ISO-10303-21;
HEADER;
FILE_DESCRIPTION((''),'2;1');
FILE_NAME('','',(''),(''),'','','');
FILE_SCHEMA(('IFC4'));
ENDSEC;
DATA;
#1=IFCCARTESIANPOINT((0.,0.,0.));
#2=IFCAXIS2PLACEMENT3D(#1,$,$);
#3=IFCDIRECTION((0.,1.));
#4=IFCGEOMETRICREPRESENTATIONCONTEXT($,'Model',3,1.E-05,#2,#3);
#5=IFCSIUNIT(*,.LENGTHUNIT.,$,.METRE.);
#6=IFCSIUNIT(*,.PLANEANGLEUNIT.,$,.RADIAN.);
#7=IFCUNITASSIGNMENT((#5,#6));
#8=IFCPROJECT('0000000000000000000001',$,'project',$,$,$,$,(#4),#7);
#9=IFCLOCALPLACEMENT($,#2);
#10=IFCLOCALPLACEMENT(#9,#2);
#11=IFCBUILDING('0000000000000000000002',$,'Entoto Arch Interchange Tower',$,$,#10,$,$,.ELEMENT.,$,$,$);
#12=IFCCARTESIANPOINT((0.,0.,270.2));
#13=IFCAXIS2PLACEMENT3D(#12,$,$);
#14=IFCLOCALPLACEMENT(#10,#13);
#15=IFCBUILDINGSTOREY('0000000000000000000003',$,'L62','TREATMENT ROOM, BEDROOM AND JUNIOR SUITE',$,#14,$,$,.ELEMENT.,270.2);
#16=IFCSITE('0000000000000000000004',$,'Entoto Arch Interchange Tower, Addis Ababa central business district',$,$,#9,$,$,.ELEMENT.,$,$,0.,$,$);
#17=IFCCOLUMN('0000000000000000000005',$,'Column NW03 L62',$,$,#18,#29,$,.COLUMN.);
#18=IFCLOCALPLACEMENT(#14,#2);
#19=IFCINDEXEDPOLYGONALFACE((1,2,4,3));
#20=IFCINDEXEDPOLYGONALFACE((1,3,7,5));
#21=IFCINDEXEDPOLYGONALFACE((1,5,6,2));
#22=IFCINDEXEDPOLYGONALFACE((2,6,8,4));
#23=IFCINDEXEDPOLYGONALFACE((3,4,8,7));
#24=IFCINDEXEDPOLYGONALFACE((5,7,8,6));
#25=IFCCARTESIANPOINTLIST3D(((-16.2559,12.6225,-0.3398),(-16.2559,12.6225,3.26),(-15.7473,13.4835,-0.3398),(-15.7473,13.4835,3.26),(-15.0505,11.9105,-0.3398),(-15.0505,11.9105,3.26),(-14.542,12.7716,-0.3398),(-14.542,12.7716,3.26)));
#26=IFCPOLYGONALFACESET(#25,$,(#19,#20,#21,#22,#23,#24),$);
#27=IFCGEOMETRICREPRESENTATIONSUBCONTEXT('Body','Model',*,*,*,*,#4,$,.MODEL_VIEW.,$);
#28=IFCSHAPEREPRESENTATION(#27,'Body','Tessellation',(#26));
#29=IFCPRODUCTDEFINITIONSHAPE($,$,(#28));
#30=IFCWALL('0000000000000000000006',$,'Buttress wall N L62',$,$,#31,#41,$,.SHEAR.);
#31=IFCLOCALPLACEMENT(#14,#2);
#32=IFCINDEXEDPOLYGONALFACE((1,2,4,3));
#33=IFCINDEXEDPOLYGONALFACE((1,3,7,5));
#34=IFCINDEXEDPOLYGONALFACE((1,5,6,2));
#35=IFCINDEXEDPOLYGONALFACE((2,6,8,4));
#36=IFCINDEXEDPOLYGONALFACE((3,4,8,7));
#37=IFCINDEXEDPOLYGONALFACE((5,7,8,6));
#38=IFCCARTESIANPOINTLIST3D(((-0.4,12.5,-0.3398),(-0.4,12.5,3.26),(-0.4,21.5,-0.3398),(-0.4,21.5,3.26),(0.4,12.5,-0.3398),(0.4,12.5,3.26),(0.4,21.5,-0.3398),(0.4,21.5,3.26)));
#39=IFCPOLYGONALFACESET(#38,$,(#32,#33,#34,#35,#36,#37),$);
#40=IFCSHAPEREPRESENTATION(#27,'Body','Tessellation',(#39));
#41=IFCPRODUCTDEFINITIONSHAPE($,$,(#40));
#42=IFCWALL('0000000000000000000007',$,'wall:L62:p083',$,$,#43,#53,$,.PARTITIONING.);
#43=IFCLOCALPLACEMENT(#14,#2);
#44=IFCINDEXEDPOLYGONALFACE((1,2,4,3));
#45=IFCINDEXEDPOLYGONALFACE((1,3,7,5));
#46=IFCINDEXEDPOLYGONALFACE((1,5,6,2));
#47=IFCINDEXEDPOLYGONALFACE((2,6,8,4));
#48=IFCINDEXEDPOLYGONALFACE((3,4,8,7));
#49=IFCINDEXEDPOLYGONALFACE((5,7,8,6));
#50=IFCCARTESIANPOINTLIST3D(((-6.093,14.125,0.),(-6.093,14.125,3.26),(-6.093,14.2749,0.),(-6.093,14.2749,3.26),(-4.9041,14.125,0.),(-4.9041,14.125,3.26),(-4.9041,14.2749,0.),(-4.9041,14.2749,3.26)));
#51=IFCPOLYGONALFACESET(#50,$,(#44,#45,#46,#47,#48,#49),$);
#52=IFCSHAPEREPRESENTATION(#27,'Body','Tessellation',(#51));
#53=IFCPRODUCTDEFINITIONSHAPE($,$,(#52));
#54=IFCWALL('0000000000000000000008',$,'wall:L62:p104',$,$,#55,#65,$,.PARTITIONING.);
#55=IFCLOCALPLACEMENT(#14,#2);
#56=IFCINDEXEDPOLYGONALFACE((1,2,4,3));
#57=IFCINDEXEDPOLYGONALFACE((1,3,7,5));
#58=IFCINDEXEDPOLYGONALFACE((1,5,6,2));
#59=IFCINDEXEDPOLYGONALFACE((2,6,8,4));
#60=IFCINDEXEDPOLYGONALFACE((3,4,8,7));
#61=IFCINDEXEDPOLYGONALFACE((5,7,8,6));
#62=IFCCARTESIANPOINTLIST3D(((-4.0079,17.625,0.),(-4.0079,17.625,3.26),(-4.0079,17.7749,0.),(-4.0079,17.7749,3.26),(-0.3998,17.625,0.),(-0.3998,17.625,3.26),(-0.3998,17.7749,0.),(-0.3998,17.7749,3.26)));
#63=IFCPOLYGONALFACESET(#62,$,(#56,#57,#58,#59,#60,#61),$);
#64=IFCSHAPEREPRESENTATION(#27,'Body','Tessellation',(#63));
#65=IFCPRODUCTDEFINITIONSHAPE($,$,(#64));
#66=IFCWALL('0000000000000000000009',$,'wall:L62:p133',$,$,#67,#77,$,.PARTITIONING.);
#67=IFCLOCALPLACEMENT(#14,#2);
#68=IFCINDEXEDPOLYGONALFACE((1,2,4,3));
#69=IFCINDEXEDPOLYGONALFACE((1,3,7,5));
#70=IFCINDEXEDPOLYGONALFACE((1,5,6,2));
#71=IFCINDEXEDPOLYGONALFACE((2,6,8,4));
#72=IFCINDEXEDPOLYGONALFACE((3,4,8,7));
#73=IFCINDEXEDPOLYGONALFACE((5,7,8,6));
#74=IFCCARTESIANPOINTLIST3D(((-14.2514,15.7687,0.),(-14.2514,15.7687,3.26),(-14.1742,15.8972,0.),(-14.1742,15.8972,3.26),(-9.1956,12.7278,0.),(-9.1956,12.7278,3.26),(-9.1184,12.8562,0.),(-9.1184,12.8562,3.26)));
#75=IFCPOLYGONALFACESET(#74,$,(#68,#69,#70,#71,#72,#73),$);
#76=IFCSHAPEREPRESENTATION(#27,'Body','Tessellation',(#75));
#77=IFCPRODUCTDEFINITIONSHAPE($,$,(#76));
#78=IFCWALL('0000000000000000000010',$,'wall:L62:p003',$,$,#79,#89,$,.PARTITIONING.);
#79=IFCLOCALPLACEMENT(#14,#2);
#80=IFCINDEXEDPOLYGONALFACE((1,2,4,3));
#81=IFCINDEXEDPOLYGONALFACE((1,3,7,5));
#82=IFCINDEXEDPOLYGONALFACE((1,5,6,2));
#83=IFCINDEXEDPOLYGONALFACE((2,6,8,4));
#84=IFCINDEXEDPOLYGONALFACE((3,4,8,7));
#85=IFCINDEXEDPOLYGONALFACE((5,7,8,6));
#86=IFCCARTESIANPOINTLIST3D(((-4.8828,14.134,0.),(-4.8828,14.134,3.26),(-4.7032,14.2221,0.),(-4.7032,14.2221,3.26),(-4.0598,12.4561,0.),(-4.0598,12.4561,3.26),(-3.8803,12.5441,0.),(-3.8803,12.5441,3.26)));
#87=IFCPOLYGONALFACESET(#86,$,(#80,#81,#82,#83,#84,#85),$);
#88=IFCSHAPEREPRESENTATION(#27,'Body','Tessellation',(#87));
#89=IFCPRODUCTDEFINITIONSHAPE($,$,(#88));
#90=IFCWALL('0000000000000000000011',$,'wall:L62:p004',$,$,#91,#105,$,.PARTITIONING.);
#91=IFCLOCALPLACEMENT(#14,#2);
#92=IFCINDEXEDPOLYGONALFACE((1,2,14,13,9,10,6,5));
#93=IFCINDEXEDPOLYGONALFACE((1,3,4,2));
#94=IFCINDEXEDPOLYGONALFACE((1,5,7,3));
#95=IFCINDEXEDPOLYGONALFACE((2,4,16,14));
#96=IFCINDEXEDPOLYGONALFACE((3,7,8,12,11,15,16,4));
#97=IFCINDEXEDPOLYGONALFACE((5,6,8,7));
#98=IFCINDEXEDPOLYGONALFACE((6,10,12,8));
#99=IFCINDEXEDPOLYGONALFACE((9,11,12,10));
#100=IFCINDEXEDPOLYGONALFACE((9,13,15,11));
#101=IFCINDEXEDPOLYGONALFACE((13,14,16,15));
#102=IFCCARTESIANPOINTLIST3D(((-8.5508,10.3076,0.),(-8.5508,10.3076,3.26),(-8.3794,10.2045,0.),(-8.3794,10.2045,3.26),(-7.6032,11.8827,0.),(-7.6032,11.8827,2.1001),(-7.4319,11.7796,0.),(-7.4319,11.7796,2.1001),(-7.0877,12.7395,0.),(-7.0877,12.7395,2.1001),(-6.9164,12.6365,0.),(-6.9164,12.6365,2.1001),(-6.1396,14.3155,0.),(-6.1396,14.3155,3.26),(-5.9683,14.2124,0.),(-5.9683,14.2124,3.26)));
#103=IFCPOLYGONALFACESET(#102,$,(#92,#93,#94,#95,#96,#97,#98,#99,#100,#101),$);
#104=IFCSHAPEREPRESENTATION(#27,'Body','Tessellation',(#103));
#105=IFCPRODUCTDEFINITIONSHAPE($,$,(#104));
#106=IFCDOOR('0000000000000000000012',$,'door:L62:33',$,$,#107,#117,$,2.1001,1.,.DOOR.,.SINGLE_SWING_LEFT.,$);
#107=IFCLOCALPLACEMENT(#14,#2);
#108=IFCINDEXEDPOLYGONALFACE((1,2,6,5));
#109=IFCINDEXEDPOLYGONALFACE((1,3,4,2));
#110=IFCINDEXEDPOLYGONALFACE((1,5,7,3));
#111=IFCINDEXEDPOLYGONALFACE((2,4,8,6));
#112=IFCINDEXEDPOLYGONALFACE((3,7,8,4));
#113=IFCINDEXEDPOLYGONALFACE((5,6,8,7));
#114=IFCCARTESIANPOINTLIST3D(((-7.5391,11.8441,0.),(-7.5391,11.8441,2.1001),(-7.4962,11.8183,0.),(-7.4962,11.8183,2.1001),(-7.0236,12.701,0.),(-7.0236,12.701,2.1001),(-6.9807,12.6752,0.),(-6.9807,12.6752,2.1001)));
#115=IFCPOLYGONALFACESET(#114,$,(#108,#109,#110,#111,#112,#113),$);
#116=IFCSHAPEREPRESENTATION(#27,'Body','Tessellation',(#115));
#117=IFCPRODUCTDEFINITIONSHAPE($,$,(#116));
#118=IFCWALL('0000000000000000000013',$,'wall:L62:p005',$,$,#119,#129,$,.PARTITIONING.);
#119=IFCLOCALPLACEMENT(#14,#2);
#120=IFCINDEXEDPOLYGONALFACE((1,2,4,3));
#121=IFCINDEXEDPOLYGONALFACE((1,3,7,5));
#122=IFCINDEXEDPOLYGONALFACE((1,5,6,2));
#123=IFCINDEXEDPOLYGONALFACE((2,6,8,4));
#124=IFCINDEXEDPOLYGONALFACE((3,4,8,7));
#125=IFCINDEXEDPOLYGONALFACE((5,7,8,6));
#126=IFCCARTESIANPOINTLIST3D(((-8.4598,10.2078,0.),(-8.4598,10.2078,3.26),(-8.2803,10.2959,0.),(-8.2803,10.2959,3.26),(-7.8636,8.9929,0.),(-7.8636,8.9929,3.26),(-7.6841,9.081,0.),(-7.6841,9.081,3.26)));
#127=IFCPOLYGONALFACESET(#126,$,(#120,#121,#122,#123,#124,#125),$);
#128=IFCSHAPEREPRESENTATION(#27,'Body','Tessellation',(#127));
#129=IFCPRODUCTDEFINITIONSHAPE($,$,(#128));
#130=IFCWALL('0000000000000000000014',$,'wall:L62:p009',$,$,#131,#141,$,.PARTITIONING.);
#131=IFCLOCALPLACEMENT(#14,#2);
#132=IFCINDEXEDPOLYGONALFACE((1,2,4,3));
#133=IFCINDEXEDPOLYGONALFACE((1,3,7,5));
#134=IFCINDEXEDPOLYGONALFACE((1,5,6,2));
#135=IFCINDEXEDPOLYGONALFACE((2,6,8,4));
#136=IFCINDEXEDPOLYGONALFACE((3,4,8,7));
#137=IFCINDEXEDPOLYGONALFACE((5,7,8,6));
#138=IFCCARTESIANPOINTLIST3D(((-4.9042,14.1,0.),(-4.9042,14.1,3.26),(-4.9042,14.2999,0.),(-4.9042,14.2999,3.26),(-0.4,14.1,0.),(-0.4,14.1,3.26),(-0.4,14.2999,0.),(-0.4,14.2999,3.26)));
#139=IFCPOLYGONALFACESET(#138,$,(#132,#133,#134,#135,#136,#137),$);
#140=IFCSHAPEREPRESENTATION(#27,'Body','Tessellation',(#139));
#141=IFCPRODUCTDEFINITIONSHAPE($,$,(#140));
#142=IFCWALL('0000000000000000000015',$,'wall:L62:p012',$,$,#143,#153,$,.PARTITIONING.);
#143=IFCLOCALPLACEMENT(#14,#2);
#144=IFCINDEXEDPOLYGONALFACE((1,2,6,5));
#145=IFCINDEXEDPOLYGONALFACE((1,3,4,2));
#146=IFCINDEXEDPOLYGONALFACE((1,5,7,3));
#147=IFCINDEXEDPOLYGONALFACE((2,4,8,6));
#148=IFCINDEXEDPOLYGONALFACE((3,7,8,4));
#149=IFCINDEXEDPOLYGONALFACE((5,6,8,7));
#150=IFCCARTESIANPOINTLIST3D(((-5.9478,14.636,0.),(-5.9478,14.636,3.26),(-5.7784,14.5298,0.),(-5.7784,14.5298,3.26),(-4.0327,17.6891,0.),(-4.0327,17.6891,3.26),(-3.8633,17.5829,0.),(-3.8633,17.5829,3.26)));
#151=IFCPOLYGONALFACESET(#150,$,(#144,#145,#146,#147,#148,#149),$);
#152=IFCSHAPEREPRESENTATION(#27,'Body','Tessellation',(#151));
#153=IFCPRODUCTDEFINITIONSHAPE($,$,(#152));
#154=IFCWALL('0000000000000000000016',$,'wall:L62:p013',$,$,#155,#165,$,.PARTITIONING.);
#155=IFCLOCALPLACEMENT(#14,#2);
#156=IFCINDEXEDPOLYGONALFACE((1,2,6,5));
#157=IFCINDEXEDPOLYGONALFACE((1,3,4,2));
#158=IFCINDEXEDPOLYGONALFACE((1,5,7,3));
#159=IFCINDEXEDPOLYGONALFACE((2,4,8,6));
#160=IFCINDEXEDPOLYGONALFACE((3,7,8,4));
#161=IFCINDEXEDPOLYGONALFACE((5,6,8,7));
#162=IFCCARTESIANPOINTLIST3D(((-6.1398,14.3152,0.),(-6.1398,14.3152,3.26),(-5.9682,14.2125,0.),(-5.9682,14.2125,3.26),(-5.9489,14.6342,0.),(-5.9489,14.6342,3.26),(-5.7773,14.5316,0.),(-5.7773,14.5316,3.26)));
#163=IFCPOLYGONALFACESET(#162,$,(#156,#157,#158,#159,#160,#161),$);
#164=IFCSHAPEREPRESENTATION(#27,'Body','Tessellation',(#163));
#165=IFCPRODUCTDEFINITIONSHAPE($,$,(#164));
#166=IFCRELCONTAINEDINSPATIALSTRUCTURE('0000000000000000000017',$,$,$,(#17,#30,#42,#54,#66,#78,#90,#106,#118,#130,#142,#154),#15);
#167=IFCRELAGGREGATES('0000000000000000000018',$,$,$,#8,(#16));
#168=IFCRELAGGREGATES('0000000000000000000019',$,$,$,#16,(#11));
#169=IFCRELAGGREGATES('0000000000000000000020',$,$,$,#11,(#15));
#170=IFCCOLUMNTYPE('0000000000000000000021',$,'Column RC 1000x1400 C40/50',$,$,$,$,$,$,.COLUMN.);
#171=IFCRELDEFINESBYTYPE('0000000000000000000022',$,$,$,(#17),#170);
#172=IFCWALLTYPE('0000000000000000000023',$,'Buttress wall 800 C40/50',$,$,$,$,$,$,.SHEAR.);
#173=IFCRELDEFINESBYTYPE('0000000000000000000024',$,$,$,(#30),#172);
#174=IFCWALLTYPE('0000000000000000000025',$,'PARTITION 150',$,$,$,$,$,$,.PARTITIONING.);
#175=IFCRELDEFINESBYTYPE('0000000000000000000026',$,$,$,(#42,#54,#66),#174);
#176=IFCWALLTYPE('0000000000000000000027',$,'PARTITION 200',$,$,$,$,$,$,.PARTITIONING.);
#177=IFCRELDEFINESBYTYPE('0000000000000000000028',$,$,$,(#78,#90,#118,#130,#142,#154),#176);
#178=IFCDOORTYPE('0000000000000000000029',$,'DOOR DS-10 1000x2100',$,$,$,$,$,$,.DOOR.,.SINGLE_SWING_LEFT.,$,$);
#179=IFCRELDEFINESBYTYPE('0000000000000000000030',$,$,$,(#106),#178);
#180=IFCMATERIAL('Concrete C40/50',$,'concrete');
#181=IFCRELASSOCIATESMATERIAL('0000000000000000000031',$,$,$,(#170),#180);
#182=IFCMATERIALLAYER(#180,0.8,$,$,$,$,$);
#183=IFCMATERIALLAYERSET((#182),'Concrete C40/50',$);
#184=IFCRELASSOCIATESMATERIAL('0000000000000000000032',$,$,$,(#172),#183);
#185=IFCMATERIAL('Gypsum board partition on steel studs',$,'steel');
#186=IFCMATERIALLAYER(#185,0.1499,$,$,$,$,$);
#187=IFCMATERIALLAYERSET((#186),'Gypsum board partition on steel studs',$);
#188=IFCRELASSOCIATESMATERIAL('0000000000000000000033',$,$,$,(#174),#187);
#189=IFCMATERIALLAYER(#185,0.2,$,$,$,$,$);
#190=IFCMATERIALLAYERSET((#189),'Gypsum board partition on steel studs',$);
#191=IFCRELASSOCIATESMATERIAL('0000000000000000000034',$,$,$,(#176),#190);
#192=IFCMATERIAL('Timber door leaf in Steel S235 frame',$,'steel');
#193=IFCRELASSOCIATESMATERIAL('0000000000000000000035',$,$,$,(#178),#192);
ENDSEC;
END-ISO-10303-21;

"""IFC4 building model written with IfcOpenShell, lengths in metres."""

from ifc_helpers import new_model, si_unit, direction, frame, frame_2d, origin, origin_2d, place, context, subcontext, project, spatial, rectangle, extrude, material, layer, layer_set, material_profile, profile_set, type_object, element, fill, save


model = new_model("IFC4")

# Units and contexts
model_context = context("Model", 3, precision=1e-05, world=origin(), true_north=direction((0.0, 1.0)))
body_context = subcontext(model_context, "Body", "Model", "MODEL_VIEW")
ifc_project = project(units=[si_unit("LENGTHUNIT", "METRE"), si_unit("PLANEANGLEUNIT", "RADIAN")], contexts=[model_context])

# Site, building, storey
site_placement = place(None, origin())
site = spatial("IfcSite", under=ifc_project, at=site_placement, Name="Entoto Arch Interchange Tower, Addis Ababa central business district", CompositionType="ELEMENT", RefElevation=0.0)
building_placement = place(site_placement, origin())
building = spatial("IfcBuilding", under=site, at=building_placement, Name="Entoto Arch Interchange Tower", CompositionType="ELEMENT")
storey_placement = place(building_placement, frame((0.0, 0.0, 270.2)))
storey = spatial("IfcBuildingStorey", under=building, at=storey_placement, Name="L62", Description="TREATMENT ROOM, BEDROOM AND JUNIOR SUITE", CompositionType="ELEMENT", Elevation=270.2)

# Column
ifc_material_1 = material(Name="Concrete C40/50", Category="concrete")
ifc_material_profile = material_profile(ifc_material_1, rectangle(XDim=1.0, YDim=1.3999, at=origin_2d()))
ifc_profile_set = profile_set([ifc_material_profile], Name="Concrete C40/50")
column_type = type_object("IfcColumnType", Name="Column RC 1000x1400 C40/50", PredefinedType="COLUMN", material=ifc_profile_set)
column_placement = place(storey_placement, frame((-15.3989, 12.697, -0.3398), z_axis=(0.0, 0.0, 1.0), x_axis=(0.508576, 0.861017, 0.0)))
element("IfcColumn", 1, at=column_placement, inside=storey, type_object=column_type, Name="Column NW03 L62", PredefinedType="COLUMN", context=body_context, shape_type="SweptSolid", body=[
    extrude(rectangle(XDim=1.0, YDim=1.3999, at=origin_2d()), origin(), (0.0, 0.0, 1.0), 3.5999),
])

# Walls
ifc_layer_1 = layer(ifc_material_1, 0.8)
ifc_layer_set_1 = layer_set([ifc_layer_1], Name="Concrete C40/50")
wall_type_1 = type_object("IfcWallType", Name="Buttress wall 800 C40/50", PredefinedType="SHEAR", material=ifc_layer_set_1)
wall_1_placement = place(storey_placement, frame((0.0, 12.5, -0.3398), z_axis=(0.0, 0.0, 1.0), x_axis=(0.0, 1.0, 0.0)))
element("IfcWall", 2, at=wall_1_placement, inside=storey, type_object=wall_type_1, Name="Buttress wall N L62", PredefinedType="SHEAR", context=body_context, shape_type="SweptSolid", body=[
    extrude(rectangle(XDim=9.0, YDim=0.8, at=frame_2d((4.5, 0.0))), origin(), (0.0, 0.0, 1.0), 3.5999),
])
ifc_material_2 = material(Name="Gypsum board partition on steel studs", Category="steel")
ifc_layer_2 = layer(ifc_material_2, 0.1499)
ifc_layer_set_2 = layer_set([ifc_layer_2], Name="Gypsum board partition on steel studs")
wall_type_2 = type_object("IfcWallType", Name="PARTITION 150", PredefinedType="PARTITIONING", material=ifc_layer_set_2)
wall_2_placement = place(storey_placement, frame((-4.9041, 14.2, 0.0), z_axis=(0.0, 0.0, 1.0), x_axis=(-1.0, 0.0, 0.0)))
element("IfcWall", 3, at=wall_2_placement, inside=storey, type_object=wall_type_2, Name="wall:L62:p083", PredefinedType="PARTITIONING", context=body_context, shape_type="SweptSolid", body=[
    extrude(rectangle(XDim=1.189, YDim=0.1499, at=frame_2d((0.5945, 0.0))), origin(), (0.0, 0.0, 1.0), 3.26),
])
wall_3_placement = place(storey_placement, frame((-4.0081, 17.7, 0.0), z_axis=(0.0, 0.0, 1.0), x_axis=(1.0, 0.0, 0.0)))
element("IfcWall", 4, at=wall_3_placement, inside=storey, type_object=wall_type_2, Name="wall:L62:p104", PredefinedType="PARTITIONING", context=body_context, shape_type="SweptSolid", body=[
    extrude(rectangle(XDim=3.6082, YDim=0.1499, at=frame_2d((1.8042, 0.0))), origin(), (0.0, 0.0, 1.0), 3.26),
])
wall_4_placement = place(storey_placement, frame((-9.157, 12.792, 0.0), z_axis=(0.0, 0.0, 1.0), x_axis=(-0.856934, 0.515426, 0.0)))
element("IfcWall", 5, at=wall_4_placement, inside=storey, type_object=wall_type_2, Name="wall:L62:p133", PredefinedType="PARTITIONING", context=body_context, shape_type="SweptSolid", body=[
    extrude(rectangle(XDim=5.8999, YDim=0.1499, at=frame_2d((2.95, 0.0))), origin(), (0.0, 0.0, 1.0), 3.26),
])
ifc_layer_3 = layer(ifc_material_2, 0.2)
ifc_layer_set_3 = layer_set([ifc_layer_3], Name="Gypsum board partition on steel studs")
wall_type_3 = type_object("IfcWallType", Name="PARTITION 200", PredefinedType="PARTITIONING", material=ifc_layer_set_3)
wall_5_placement = place(storey_placement, frame((-3.97, 12.5, 0.0), z_axis=(0.0, 0.0, 1.0), x_axis=(-0.440355, 0.897824, 0.0)))
element("IfcWall", 6, at=wall_5_placement, inside=storey, type_object=wall_type_3, Name="wall:L62:p003", PredefinedType="PARTITIONING", context=body_context, shape_type="SweptSolid", body=[
    extrude(rectangle(XDim=1.8689, YDim=0.2, at=frame_2d((0.9346, 0.0))), origin(), (0.0, 0.0, 1.0), 3.26),
])

# Wall, opening, door
wall_6_placement = place(storey_placement, frame((-6.054, 14.2639, 0.0), z_axis=(0.0, 0.0, 1.0), x_axis=(-0.515509, -0.856884, 0.0)))
wall_6 = element("IfcWall", 7, at=wall_6_placement, inside=storey, type_object=wall_type_3, Name="wall:L62:p004", PredefinedType="PARTITIONING", context=body_context, shape_type="SweptSolid", body=[
    extrude(rectangle(XDim=4.6772, YDim=0.2, at=frame_2d((2.3386, 0.0))), origin(), (0.0, 0.0, 1.0), 3.26),
])
opening_1_placement = place(wall_6_placement, frame((1.8391, 0.0, 0.0)))
opening_1 = element("IfcOpeningElement", 8, at=opening_1_placement, cuts=wall_6, PredefinedType="OPENING", context=body_context, shape_type="SweptSolid", body=[
    extrude(rectangle(XDim=1.0, YDim=2.1001, at=frame_2d((0.5, 1.05))), frame((0.0, 0.1099, 0.0), z_axis=(0.0, -1.0, 0.0), x_axis=(1.0, 0.0, 0.0)), (0.0, 0.0, 1.0), 0.22),
])
ifc_material_3 = material(Name="Timber door leaf in Steel S235 frame", Category="steel")
door_type_1 = type_object("IfcDoorType", Name="DOOR DS-10 1000x2100", OperationType="SINGLE_SWING_LEFT", PredefinedType="DOOR", material=ifc_material_3)
door_1_placement = place(opening_1_placement, origin())
door_1 = element("IfcDoor", 9, at=door_1_placement, inside=storey, type_object=door_type_1, Name="door:L62:33", OperationType="SINGLE_SWING_LEFT", OverallHeight=2.1001, OverallWidth=1.0, PredefinedType="DOOR", context=body_context, shape_type="SweptSolid", body=[
    extrude(rectangle(XDim=1.0, YDim=2.1001, at=frame_2d((0.5, 1.05))), frame((0.0, 0.0249, 0.0), z_axis=(0.0, -1.0, 0.0), x_axis=(1.0, 0.0, 0.0)), (0.0, 0.0, 1.0), 0.05),
])
fill(opening_1, door_1)

# Walls
wall_7_placement = place(storey_placement, frame((-8.3701, 10.252, 0.0), z_axis=(0.0, 0.0, 1.0), x_axis=(0.440562, -0.897722, 0.0)))
element("IfcWall", 10, at=wall_7_placement, inside=storey, type_object=wall_type_3, Name="wall:L62:p005", PredefinedType="PARTITIONING", context=body_context, shape_type="SweptSolid", body=[
    extrude(rectangle(XDim=1.3533, YDim=0.2, at=frame_2d((0.6768, 0.0))), origin(), (0.0, 0.0, 1.0), 3.26),
])
wall_8_placement = place(storey_placement, frame((-4.9041, 14.2, 0.0), z_axis=(0.0, 0.0, 1.0), x_axis=(1.0, 0.0, 0.0)))
element("IfcWall", 11, at=wall_8_placement, inside=storey, type_object=wall_type_3, Name="wall:L62:p009", PredefinedType="PARTITIONING", context=body_context, shape_type="SweptSolid", body=[
    extrude(rectangle(XDim=4.5042, YDim=0.2, at=frame_2d((2.252, 0.0))), origin(), (0.0, 0.0, 1.0), 3.26),
])
wall_9_placement = place(storey_placement, frame((-3.948, 17.636, 0.0), z_axis=(0.0, 0.0, 1.0), x_axis=(-0.531381, -0.847133, 0.0)))
element("IfcWall", 12, at=wall_9_placement, inside=storey, type_object=wall_type_3, Name="wall:L62:p012", PredefinedType="PARTITIONING", context=body_context, shape_type="SweptSolid", body=[
    extrude(rectangle(XDim=3.604, YDim=0.2, at=frame_2d((1.802, 0.0))), origin(), (0.0, 0.0, 1.0), 3.26),
])
wall_10_placement = place(storey_placement, frame((-5.863, 14.583, 0.0), z_axis=(0.0, 0.0, 1.0), x_axis=(-0.513433, -0.85813, 0.0)))
element("IfcWall", 13, at=wall_10_placement, inside=storey, type_object=wall_type_3, Name="wall:L62:p013", PredefinedType="PARTITIONING", context=body_context, shape_type="SweptSolid", body=[
    extrude(rectangle(XDim=0.3718, YDim=0.2, at=frame_2d((0.186, 0.0))), origin(), (0.0, 0.0, 1.0), 3.26),
])

save(model, "model.ifc")
